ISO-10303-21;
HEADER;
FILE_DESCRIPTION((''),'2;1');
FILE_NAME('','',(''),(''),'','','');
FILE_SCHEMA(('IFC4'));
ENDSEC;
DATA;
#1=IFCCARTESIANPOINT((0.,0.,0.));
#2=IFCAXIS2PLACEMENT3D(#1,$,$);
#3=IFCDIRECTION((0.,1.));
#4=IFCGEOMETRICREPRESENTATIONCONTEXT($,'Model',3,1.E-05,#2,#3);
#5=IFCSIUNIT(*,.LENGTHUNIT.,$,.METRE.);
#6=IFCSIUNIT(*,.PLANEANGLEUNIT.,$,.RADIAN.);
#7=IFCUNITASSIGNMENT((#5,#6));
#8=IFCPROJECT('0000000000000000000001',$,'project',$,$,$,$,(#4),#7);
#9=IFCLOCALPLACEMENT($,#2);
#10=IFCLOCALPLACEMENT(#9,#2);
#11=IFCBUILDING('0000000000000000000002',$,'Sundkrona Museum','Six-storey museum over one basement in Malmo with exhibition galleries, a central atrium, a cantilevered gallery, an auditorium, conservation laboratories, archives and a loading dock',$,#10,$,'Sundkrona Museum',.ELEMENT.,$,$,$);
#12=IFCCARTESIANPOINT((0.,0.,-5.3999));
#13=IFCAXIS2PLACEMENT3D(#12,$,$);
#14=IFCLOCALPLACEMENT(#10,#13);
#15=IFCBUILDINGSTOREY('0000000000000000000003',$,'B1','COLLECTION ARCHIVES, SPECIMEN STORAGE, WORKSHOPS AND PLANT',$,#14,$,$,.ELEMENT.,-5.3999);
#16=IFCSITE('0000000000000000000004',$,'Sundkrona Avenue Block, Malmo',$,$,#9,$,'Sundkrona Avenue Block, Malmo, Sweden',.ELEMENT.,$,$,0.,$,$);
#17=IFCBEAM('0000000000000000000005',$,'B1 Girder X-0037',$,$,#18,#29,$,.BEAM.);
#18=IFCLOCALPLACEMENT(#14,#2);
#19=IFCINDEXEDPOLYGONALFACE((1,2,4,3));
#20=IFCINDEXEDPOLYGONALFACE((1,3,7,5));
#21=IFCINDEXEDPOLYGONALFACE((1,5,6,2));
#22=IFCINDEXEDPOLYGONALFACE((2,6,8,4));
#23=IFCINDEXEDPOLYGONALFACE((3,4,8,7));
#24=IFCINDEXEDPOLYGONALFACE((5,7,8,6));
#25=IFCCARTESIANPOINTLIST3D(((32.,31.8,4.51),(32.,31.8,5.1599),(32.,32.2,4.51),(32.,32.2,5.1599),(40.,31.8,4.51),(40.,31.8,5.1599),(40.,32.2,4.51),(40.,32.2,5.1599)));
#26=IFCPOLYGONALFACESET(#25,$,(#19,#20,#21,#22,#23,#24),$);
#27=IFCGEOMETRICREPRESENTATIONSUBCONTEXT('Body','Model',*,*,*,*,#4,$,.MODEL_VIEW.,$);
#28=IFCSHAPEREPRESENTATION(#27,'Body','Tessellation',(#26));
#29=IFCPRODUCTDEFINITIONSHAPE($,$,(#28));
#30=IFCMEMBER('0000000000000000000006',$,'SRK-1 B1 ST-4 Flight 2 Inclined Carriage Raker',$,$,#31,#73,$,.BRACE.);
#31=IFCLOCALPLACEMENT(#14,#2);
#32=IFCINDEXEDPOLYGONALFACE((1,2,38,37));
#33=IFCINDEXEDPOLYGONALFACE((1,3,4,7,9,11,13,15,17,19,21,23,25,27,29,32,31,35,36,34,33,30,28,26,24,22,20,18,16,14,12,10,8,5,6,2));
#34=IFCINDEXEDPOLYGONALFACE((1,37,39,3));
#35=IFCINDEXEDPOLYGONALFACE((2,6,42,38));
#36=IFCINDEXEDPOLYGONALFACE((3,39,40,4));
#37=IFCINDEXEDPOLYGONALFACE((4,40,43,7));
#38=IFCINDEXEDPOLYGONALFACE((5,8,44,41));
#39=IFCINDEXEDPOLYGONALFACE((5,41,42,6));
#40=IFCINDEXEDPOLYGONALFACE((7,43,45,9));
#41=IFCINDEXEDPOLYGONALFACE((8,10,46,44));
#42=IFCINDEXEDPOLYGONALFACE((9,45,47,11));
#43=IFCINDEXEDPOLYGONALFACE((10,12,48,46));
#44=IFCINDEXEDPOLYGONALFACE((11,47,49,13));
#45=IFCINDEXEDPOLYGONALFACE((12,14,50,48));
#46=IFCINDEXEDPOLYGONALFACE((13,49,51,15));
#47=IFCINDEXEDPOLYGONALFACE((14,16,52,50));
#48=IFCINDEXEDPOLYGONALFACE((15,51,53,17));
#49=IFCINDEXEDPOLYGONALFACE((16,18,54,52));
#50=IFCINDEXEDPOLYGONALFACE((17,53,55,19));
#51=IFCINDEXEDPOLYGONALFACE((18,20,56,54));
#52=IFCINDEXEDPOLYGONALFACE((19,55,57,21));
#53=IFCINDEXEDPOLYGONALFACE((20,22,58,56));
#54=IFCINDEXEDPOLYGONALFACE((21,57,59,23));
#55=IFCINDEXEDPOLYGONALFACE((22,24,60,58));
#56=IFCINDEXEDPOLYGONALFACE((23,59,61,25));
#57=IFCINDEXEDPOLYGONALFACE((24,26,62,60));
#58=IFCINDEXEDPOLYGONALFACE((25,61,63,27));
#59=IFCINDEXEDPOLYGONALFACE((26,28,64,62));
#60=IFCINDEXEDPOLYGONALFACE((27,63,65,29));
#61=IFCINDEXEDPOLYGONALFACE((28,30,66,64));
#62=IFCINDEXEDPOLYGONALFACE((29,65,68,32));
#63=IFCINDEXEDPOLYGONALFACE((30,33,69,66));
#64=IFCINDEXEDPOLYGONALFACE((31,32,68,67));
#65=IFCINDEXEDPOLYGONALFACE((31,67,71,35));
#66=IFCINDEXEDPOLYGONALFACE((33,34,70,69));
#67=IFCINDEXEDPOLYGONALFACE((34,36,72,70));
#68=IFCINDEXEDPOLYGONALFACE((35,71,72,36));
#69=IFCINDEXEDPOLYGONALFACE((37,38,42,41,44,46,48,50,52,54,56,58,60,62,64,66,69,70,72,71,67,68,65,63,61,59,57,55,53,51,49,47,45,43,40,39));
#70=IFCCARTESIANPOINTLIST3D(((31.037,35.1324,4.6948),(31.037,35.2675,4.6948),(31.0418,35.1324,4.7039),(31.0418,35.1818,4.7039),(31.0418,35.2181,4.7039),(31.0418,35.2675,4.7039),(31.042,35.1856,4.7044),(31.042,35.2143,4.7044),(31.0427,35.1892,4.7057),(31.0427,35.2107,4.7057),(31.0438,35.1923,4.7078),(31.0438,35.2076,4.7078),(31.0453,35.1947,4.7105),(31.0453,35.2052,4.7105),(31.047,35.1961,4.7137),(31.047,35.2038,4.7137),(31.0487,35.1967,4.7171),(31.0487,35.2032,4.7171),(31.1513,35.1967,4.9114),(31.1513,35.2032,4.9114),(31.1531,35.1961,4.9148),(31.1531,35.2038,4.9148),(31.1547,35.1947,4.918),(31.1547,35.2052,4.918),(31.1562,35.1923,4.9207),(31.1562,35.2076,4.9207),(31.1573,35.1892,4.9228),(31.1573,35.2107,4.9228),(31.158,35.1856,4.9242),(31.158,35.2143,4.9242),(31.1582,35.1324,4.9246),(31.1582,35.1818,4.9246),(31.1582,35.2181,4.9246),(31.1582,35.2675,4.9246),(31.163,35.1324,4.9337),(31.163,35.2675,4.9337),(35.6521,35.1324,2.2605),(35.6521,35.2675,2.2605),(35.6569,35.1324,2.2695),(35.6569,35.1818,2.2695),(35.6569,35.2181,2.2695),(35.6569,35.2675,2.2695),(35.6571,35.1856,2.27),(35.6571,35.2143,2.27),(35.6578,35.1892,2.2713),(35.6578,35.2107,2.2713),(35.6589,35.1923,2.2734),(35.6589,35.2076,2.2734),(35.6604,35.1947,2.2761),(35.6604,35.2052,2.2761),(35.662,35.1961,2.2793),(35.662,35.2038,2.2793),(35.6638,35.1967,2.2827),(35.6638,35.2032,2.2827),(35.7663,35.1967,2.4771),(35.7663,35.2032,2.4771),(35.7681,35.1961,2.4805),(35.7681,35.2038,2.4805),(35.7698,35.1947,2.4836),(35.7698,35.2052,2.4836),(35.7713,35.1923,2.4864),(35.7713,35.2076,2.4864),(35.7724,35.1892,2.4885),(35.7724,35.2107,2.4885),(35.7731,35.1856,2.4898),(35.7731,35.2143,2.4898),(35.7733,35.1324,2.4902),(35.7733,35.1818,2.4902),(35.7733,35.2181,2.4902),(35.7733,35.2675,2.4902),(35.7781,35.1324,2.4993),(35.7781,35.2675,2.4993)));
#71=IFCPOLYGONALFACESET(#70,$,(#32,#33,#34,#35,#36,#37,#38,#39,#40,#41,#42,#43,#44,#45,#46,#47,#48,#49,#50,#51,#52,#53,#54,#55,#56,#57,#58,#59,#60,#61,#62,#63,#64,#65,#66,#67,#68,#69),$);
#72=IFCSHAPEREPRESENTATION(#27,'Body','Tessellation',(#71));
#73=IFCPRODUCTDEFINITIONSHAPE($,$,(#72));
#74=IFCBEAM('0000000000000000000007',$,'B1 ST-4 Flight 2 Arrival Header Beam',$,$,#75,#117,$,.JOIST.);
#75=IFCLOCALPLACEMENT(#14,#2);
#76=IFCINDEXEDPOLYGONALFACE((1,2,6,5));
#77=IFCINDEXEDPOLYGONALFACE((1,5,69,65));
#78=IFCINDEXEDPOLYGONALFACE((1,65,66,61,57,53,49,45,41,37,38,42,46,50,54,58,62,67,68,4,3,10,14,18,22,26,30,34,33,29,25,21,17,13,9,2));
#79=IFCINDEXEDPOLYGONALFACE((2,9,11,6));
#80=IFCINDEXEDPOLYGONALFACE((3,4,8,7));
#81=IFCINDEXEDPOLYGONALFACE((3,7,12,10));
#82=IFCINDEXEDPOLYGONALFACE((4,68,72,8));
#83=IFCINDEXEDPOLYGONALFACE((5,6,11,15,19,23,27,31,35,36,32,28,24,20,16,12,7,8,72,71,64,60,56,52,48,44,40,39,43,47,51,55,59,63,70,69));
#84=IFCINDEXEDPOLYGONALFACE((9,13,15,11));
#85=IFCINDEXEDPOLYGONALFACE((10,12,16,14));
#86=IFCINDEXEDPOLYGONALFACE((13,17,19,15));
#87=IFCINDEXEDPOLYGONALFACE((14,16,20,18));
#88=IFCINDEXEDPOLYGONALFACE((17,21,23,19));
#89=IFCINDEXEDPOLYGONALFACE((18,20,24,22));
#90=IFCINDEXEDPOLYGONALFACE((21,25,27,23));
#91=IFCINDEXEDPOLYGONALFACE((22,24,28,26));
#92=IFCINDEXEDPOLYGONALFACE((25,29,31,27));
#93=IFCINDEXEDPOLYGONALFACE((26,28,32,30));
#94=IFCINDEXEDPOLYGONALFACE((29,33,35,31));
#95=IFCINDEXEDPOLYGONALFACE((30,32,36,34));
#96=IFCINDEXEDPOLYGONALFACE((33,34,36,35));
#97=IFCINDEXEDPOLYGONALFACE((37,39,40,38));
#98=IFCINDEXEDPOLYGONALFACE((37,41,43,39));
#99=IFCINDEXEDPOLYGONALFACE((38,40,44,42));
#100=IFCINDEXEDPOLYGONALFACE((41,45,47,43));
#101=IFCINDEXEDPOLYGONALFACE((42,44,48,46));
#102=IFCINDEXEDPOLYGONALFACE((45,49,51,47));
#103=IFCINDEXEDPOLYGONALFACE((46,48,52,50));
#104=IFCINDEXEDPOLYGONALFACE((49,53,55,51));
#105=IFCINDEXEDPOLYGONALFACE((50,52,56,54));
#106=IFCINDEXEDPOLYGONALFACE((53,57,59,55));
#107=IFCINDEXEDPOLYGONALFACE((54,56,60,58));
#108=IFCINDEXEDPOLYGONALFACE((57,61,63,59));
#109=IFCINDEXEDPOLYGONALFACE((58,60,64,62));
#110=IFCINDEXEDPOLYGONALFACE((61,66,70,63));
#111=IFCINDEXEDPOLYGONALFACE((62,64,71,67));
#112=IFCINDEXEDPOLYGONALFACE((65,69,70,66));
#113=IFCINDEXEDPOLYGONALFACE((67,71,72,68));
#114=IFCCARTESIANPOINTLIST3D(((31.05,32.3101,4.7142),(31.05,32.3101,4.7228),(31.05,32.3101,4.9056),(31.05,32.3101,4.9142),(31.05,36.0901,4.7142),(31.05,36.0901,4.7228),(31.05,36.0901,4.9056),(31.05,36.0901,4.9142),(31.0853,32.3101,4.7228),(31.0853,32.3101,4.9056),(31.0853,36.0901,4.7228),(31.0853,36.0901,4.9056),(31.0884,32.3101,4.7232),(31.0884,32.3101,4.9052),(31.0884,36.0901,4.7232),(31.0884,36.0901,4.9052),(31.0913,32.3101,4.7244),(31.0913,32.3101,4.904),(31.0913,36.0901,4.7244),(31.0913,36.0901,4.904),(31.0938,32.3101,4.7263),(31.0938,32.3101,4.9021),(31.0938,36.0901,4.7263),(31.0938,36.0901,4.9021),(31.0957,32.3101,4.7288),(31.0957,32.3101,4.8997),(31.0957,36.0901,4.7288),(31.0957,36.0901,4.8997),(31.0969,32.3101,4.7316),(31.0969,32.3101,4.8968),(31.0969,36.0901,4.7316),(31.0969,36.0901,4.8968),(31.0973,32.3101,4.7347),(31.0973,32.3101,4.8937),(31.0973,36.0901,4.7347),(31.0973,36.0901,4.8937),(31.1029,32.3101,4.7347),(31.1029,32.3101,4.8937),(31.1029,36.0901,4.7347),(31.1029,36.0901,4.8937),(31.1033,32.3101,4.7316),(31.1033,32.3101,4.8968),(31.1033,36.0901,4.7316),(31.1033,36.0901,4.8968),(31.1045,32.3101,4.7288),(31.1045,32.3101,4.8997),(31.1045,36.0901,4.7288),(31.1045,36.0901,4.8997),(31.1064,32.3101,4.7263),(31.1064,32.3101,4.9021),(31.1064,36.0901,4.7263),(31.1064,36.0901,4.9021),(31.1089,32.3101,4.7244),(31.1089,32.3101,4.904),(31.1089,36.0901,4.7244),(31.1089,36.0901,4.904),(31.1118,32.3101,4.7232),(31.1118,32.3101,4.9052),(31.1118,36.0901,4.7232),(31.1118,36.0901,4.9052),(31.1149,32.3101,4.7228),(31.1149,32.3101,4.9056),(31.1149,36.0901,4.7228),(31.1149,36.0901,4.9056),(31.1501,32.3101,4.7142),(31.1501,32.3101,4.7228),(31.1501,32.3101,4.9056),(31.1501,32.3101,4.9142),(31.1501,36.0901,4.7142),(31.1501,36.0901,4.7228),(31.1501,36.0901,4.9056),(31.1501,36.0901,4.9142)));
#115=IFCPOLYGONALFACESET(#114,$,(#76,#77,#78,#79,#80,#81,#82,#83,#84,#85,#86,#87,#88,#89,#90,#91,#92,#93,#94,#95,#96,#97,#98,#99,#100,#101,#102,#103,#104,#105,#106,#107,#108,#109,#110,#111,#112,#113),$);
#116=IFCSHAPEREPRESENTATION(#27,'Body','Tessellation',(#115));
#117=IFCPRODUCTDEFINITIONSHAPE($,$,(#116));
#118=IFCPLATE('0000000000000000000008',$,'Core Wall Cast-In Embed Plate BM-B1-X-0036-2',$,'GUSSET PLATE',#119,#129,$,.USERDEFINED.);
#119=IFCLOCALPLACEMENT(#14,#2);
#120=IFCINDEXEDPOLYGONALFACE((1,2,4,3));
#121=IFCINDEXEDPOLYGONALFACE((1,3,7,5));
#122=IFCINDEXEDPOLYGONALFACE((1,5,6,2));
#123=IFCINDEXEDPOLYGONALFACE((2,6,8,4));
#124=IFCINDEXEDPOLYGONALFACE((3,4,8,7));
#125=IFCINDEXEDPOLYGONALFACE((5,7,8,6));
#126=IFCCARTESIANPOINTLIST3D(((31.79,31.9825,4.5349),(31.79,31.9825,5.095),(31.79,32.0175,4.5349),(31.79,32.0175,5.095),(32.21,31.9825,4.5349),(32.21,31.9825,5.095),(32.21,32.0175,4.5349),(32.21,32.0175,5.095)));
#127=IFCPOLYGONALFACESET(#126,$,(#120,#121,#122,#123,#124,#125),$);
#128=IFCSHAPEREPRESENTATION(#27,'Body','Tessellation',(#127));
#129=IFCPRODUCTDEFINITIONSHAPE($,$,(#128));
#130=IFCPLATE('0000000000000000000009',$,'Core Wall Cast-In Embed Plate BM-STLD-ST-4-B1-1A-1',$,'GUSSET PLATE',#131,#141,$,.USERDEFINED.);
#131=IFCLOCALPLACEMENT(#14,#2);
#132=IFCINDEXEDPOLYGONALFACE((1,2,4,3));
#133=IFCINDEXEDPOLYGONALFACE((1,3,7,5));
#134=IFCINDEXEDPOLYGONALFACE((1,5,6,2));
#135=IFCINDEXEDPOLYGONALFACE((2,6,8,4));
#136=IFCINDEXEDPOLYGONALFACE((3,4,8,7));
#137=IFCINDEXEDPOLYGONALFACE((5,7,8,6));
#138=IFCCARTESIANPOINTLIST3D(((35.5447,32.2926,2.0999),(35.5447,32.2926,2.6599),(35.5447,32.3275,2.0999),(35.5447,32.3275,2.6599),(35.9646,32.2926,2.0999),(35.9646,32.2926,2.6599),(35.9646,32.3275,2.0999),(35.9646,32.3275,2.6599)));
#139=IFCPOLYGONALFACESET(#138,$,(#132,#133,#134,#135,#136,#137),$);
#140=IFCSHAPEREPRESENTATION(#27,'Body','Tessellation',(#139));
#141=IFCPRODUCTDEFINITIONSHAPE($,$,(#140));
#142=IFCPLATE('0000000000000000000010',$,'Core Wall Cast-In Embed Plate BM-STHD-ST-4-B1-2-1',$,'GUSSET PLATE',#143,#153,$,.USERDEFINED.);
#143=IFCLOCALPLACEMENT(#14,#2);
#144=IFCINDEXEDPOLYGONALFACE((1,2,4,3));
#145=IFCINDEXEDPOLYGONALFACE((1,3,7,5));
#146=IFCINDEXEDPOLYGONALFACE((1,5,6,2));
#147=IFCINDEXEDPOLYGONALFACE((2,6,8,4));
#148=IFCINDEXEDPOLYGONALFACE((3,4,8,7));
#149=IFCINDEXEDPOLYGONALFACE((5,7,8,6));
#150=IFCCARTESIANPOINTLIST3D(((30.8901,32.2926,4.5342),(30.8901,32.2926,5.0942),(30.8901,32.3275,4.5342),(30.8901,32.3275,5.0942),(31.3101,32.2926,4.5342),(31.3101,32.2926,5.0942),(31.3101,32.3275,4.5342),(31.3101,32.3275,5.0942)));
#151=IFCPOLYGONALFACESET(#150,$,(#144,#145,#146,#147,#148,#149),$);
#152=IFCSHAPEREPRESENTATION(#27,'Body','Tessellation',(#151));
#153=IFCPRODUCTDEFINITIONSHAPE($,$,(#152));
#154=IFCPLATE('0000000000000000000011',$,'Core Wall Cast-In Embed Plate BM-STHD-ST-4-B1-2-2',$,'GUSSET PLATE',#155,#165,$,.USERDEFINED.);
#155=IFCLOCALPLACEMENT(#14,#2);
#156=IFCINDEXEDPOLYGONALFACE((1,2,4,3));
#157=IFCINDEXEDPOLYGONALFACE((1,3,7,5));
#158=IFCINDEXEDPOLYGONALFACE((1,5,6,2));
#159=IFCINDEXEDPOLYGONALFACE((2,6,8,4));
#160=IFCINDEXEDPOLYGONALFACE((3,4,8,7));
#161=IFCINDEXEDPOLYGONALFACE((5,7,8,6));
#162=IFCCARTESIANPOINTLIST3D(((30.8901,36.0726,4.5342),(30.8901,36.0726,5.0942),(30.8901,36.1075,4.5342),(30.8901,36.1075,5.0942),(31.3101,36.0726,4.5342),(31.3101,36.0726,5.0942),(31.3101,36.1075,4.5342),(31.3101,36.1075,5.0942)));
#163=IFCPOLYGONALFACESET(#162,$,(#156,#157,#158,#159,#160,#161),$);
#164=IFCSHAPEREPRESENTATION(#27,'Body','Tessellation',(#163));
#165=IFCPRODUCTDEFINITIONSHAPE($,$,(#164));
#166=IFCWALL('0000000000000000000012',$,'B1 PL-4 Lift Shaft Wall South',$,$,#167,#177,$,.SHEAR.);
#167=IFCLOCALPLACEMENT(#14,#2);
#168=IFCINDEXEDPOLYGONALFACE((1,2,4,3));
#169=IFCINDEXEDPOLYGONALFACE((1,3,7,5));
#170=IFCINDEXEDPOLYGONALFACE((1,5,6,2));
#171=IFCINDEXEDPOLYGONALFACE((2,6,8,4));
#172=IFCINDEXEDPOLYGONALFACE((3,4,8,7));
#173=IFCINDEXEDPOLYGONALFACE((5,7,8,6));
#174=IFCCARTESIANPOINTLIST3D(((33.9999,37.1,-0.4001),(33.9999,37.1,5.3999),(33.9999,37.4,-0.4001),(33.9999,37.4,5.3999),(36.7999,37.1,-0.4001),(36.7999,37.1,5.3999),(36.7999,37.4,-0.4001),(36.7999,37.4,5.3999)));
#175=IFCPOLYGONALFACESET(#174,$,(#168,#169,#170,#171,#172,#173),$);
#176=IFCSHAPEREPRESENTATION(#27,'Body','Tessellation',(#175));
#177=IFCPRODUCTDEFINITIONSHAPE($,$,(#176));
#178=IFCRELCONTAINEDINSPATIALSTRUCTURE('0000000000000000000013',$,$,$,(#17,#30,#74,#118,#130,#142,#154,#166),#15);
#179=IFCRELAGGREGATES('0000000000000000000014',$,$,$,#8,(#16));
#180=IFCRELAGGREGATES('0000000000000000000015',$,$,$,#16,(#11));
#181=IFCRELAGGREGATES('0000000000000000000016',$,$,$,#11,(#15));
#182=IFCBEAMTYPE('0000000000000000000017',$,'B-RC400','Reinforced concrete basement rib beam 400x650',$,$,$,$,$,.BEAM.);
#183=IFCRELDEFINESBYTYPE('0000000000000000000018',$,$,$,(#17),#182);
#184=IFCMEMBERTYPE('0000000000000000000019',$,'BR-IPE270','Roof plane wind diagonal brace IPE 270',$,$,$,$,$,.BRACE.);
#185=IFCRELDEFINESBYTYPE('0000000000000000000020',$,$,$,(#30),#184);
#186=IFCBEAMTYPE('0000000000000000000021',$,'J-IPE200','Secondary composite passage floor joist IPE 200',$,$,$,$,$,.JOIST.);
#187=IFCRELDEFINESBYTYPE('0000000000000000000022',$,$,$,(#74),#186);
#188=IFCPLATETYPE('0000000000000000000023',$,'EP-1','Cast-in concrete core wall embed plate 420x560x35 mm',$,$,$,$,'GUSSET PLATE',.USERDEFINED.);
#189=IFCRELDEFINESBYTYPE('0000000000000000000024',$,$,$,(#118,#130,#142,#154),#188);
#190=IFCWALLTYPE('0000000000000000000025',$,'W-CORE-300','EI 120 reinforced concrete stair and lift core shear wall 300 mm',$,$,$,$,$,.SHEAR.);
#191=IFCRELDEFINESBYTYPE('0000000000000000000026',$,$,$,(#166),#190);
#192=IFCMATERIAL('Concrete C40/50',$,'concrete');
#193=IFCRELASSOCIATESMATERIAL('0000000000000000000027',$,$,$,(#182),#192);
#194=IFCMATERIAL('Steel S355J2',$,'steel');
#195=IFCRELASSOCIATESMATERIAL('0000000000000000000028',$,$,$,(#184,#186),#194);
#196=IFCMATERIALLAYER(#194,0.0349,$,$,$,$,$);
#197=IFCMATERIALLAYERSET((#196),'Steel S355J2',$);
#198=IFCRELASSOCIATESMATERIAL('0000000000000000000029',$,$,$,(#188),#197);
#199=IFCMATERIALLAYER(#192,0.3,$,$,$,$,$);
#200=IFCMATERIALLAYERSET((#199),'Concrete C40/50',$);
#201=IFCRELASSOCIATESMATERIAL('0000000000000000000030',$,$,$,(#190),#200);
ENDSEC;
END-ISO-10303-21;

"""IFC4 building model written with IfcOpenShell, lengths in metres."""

from ifc_helpers import new_model, si_unit, direction, frame, frame_2d, origin, origin_2d, place, context, subcontext, project, spatial, rectangle, i_section, extrude, material, layer, layer_set, material_profile, profile_set, type_object, element, save


model = new_model("IFC4")

# Units and contexts
model_context = context("Model", 3, precision=1e-05, world=origin(), true_north=direction((0.0, 1.0)))
body_context = subcontext(model_context, "Body", "Model", "MODEL_VIEW")
ifc_project = project(units=[si_unit("LENGTHUNIT", "METRE"), si_unit("PLANEANGLEUNIT", "RADIAN")], contexts=[model_context])

# Site, building, storey
site_placement = place(None, origin())
site = spatial("IfcSite", under=ifc_project, at=site_placement, Name="Sundkrona Avenue Block, Malmo", LongName="Sundkrona Avenue Block, Malmo, Sweden", CompositionType="ELEMENT", RefElevation=0.0)
building_placement = place(site_placement, origin())
building = spatial("IfcBuilding", under=site, at=building_placement, Name="Sundkrona Museum", Description="Six-storey museum over one basement in Malmo with exhibition galleries, a central atrium, a cantilevered gallery, an auditorium, conservation laboratories, archives and a loading dock", LongName="Sundkrona Museum", CompositionType="ELEMENT")
storey_placement = place(building_placement, frame((0.0, 0.0, -5.3999)))
storey = spatial("IfcBuildingStorey", under=building, at=storey_placement, Name="B1", Description="COLLECTION ARCHIVES, SPECIMEN STORAGE, WORKSHOPS AND PLANT", CompositionType="ELEMENT", Elevation=-5.3999)

# Shared definitions
ifc_material_1 = material(Name="Concrete C40/50", Category="concrete")

# Beam
ifc_material_profile_1 = material_profile(ifc_material_1, rectangle(XDim=0.3999, YDim=0.6499, at=origin_2d()), Name="RCB 400x650")
ifc_profile_set_1 = profile_set([ifc_material_profile_1], Name="Concrete C40/50")
beam_type_1 = type_object("IfcBeamType", Name="B-RC400", Description="Reinforced concrete basement rib beam 400x650", PredefinedType="BEAM", material=ifc_profile_set_1)
beam_1_placement = place(storey_placement, frame((32.0, 32.0, 4.835), z_axis=(1.0, 0.0, 0.0), x_axis=(0.0, 1.0, 0.0)))
element("IfcBeam", 1, at=beam_1_placement, inside=storey, type_object=beam_type_1, Name="B1 Girder X-0037", PredefinedType="BEAM", context=body_context, shape_type="SweptSolid", body=[
    extrude(rectangle(XDim=0.3999, YDim=0.6499, at=origin_2d()), origin(), (0.0, 0.0, 1.0), 8.0),
])

# Member
ifc_material_2 = material(Name="Steel S355J2", Category="steel")
ifc_material_profile_2 = material_profile(ifc_material_2, i_section(OverallWidth=0.135, OverallDepth=0.27, WebThickness=0.0066, FlangeThickness=0.0103, FilletRadius=0.0149, at=origin_2d()), Name="IPE 270")
ifc_profile_set_2 = profile_set([ifc_material_profile_2], Name="Steel S355J2")
member_type = type_object("IfcMemberType", Name="BR-IPE270", Description="Roof plane wind diagonal brace IPE 270", PredefinedType="BRACE", material=ifc_profile_set_2)
member_placement = place(storey_placement, frame((35.7151, 35.2, 2.3799), z_axis=(-0.884493, 0.0, 0.466554), x_axis=(0.0, -1.0, 0.0)))
element("IfcMember", 2, at=member_placement, inside=storey, type_object=member_type, Name="SRK-1 B1 ST-4 Flight 2 Inclined Carriage Raker", PredefinedType="BRACE", context=body_context, shape_type="SweptSolid", body=[
    extrude(i_section(OverallWidth=0.135, OverallDepth=0.27, WebThickness=0.0066, FlangeThickness=0.0103, FilletRadius=0.0149, at=origin_2d()), origin(), (0.0, 0.0, 1.0), 5.2178),
])

# Beam
ifc_material_profile_3 = material_profile(ifc_material_2, i_section(OverallWidth=0.1001, OverallDepth=0.2, WebThickness=0.0056, FlangeThickness=0.0085, FilletRadius=0.012, at=origin_2d()), Name="IPE 200")
ifc_profile_set_3 = profile_set([ifc_material_profile_3], Name="Steel S355J2")
beam_type_2 = type_object("IfcBeamType", Name="J-IPE200", Description="Secondary composite passage floor joist IPE 200", PredefinedType="JOIST", material=ifc_profile_set_3)
beam_2_placement = place(storey_placement, frame((31.1001, 32.3101, 4.8142), z_axis=(0.0, 1.0, 0.0), x_axis=(-1.0, 0.0, 0.0)))
element("IfcBeam", 3, at=beam_2_placement, inside=storey, type_object=beam_type_2, Name="B1 ST-4 Flight 2 Arrival Header Beam", PredefinedType="JOIST", context=body_context, shape_type="SweptSolid", body=[
    extrude(i_section(OverallWidth=0.1001, OverallDepth=0.2, WebThickness=0.0056, FlangeThickness=0.0085, FilletRadius=0.012, at=origin_2d()), origin(), (0.0, 0.0, 1.0), 3.78),
])

# Plates
ifc_layer_1 = layer(ifc_material_2, 0.0349)
ifc_layer_set_1 = layer_set([ifc_layer_1], Name="Steel S355J2")
plate_type = type_object("IfcPlateType", Name="EP-1", Description="Cast-in concrete core wall embed plate 420x560x35 mm", ElementType="GUSSET PLATE", PredefinedType="USERDEFINED", material=ifc_layer_set_1)
for number, where, z_axis, x_axis, name in (
    (4, (32.0, 32.0, 4.5349), (0.0, 0.0, 1.0), (1.0, 0.0, 0.0), "Core Wall Cast-In Embed Plate BM-B1-X-0036-2"),
    (5, (35.7546, 32.3101, 2.0999), (0.0, 0.0, 1.0), (1.0, 0.0, 0.0), "Core Wall Cast-In Embed Plate BM-STLD-ST-4-B1-1A-1"),
    (6, (31.1001, 32.3101, 4.5342), (0.0, 0.0, 1.0), (1.0, 0.0, 0.0), "Core Wall Cast-In Embed Plate BM-STHD-ST-4-B1-2-1"),
    (7, (31.1001, 36.0901, 4.5342), (0.0, 0.0, 1.0), (1.0, 0.0, 0.0), "Core Wall Cast-In Embed Plate BM-STHD-ST-4-B1-2-2"),
):
    element("IfcPlate", number, at=place(storey_placement, frame(where, z_axis=z_axis, x_axis=x_axis)), inside=storey, type_object=plate_type, Name=name, ObjectType="GUSSET PLATE", PredefinedType="USERDEFINED", context=body_context, shape_type="SweptSolid", body=[
        extrude(rectangle(XDim=0.4199, YDim=0.0349, at=origin_2d()), origin(), (0.0, 0.0, 1.0), 0.5601),
    ])

# Wall
ifc_layer_2 = layer(ifc_material_1, 0.3)
ifc_layer_set_2 = layer_set([ifc_layer_2], Name="Concrete C40/50")
wall_type = type_object("IfcWallType", Name="W-CORE-300", Description="EI 120 reinforced concrete stair and lift core shear wall 300 mm", PredefinedType="SHEAR", material=ifc_layer_set_2)
wall_placement = place(storey_placement, frame((34.0, 37.25, -0.4001), z_axis=(0.0, 0.0, 1.0), x_axis=(1.0, 0.0, 0.0)))
element("IfcWall", 8, at=wall_placement, inside=storey, type_object=wall_type, Name="B1 PL-4 Lift Shaft Wall South", PredefinedType="SHEAR", context=body_context, shape_type="SweptSolid", body=[
    extrude(rectangle(XDim=2.8, YDim=0.3, at=frame_2d((1.3999, 0.0))), origin(), (0.0, 0.0, 1.0), 5.8),
])

save(model, "model.ifc")
